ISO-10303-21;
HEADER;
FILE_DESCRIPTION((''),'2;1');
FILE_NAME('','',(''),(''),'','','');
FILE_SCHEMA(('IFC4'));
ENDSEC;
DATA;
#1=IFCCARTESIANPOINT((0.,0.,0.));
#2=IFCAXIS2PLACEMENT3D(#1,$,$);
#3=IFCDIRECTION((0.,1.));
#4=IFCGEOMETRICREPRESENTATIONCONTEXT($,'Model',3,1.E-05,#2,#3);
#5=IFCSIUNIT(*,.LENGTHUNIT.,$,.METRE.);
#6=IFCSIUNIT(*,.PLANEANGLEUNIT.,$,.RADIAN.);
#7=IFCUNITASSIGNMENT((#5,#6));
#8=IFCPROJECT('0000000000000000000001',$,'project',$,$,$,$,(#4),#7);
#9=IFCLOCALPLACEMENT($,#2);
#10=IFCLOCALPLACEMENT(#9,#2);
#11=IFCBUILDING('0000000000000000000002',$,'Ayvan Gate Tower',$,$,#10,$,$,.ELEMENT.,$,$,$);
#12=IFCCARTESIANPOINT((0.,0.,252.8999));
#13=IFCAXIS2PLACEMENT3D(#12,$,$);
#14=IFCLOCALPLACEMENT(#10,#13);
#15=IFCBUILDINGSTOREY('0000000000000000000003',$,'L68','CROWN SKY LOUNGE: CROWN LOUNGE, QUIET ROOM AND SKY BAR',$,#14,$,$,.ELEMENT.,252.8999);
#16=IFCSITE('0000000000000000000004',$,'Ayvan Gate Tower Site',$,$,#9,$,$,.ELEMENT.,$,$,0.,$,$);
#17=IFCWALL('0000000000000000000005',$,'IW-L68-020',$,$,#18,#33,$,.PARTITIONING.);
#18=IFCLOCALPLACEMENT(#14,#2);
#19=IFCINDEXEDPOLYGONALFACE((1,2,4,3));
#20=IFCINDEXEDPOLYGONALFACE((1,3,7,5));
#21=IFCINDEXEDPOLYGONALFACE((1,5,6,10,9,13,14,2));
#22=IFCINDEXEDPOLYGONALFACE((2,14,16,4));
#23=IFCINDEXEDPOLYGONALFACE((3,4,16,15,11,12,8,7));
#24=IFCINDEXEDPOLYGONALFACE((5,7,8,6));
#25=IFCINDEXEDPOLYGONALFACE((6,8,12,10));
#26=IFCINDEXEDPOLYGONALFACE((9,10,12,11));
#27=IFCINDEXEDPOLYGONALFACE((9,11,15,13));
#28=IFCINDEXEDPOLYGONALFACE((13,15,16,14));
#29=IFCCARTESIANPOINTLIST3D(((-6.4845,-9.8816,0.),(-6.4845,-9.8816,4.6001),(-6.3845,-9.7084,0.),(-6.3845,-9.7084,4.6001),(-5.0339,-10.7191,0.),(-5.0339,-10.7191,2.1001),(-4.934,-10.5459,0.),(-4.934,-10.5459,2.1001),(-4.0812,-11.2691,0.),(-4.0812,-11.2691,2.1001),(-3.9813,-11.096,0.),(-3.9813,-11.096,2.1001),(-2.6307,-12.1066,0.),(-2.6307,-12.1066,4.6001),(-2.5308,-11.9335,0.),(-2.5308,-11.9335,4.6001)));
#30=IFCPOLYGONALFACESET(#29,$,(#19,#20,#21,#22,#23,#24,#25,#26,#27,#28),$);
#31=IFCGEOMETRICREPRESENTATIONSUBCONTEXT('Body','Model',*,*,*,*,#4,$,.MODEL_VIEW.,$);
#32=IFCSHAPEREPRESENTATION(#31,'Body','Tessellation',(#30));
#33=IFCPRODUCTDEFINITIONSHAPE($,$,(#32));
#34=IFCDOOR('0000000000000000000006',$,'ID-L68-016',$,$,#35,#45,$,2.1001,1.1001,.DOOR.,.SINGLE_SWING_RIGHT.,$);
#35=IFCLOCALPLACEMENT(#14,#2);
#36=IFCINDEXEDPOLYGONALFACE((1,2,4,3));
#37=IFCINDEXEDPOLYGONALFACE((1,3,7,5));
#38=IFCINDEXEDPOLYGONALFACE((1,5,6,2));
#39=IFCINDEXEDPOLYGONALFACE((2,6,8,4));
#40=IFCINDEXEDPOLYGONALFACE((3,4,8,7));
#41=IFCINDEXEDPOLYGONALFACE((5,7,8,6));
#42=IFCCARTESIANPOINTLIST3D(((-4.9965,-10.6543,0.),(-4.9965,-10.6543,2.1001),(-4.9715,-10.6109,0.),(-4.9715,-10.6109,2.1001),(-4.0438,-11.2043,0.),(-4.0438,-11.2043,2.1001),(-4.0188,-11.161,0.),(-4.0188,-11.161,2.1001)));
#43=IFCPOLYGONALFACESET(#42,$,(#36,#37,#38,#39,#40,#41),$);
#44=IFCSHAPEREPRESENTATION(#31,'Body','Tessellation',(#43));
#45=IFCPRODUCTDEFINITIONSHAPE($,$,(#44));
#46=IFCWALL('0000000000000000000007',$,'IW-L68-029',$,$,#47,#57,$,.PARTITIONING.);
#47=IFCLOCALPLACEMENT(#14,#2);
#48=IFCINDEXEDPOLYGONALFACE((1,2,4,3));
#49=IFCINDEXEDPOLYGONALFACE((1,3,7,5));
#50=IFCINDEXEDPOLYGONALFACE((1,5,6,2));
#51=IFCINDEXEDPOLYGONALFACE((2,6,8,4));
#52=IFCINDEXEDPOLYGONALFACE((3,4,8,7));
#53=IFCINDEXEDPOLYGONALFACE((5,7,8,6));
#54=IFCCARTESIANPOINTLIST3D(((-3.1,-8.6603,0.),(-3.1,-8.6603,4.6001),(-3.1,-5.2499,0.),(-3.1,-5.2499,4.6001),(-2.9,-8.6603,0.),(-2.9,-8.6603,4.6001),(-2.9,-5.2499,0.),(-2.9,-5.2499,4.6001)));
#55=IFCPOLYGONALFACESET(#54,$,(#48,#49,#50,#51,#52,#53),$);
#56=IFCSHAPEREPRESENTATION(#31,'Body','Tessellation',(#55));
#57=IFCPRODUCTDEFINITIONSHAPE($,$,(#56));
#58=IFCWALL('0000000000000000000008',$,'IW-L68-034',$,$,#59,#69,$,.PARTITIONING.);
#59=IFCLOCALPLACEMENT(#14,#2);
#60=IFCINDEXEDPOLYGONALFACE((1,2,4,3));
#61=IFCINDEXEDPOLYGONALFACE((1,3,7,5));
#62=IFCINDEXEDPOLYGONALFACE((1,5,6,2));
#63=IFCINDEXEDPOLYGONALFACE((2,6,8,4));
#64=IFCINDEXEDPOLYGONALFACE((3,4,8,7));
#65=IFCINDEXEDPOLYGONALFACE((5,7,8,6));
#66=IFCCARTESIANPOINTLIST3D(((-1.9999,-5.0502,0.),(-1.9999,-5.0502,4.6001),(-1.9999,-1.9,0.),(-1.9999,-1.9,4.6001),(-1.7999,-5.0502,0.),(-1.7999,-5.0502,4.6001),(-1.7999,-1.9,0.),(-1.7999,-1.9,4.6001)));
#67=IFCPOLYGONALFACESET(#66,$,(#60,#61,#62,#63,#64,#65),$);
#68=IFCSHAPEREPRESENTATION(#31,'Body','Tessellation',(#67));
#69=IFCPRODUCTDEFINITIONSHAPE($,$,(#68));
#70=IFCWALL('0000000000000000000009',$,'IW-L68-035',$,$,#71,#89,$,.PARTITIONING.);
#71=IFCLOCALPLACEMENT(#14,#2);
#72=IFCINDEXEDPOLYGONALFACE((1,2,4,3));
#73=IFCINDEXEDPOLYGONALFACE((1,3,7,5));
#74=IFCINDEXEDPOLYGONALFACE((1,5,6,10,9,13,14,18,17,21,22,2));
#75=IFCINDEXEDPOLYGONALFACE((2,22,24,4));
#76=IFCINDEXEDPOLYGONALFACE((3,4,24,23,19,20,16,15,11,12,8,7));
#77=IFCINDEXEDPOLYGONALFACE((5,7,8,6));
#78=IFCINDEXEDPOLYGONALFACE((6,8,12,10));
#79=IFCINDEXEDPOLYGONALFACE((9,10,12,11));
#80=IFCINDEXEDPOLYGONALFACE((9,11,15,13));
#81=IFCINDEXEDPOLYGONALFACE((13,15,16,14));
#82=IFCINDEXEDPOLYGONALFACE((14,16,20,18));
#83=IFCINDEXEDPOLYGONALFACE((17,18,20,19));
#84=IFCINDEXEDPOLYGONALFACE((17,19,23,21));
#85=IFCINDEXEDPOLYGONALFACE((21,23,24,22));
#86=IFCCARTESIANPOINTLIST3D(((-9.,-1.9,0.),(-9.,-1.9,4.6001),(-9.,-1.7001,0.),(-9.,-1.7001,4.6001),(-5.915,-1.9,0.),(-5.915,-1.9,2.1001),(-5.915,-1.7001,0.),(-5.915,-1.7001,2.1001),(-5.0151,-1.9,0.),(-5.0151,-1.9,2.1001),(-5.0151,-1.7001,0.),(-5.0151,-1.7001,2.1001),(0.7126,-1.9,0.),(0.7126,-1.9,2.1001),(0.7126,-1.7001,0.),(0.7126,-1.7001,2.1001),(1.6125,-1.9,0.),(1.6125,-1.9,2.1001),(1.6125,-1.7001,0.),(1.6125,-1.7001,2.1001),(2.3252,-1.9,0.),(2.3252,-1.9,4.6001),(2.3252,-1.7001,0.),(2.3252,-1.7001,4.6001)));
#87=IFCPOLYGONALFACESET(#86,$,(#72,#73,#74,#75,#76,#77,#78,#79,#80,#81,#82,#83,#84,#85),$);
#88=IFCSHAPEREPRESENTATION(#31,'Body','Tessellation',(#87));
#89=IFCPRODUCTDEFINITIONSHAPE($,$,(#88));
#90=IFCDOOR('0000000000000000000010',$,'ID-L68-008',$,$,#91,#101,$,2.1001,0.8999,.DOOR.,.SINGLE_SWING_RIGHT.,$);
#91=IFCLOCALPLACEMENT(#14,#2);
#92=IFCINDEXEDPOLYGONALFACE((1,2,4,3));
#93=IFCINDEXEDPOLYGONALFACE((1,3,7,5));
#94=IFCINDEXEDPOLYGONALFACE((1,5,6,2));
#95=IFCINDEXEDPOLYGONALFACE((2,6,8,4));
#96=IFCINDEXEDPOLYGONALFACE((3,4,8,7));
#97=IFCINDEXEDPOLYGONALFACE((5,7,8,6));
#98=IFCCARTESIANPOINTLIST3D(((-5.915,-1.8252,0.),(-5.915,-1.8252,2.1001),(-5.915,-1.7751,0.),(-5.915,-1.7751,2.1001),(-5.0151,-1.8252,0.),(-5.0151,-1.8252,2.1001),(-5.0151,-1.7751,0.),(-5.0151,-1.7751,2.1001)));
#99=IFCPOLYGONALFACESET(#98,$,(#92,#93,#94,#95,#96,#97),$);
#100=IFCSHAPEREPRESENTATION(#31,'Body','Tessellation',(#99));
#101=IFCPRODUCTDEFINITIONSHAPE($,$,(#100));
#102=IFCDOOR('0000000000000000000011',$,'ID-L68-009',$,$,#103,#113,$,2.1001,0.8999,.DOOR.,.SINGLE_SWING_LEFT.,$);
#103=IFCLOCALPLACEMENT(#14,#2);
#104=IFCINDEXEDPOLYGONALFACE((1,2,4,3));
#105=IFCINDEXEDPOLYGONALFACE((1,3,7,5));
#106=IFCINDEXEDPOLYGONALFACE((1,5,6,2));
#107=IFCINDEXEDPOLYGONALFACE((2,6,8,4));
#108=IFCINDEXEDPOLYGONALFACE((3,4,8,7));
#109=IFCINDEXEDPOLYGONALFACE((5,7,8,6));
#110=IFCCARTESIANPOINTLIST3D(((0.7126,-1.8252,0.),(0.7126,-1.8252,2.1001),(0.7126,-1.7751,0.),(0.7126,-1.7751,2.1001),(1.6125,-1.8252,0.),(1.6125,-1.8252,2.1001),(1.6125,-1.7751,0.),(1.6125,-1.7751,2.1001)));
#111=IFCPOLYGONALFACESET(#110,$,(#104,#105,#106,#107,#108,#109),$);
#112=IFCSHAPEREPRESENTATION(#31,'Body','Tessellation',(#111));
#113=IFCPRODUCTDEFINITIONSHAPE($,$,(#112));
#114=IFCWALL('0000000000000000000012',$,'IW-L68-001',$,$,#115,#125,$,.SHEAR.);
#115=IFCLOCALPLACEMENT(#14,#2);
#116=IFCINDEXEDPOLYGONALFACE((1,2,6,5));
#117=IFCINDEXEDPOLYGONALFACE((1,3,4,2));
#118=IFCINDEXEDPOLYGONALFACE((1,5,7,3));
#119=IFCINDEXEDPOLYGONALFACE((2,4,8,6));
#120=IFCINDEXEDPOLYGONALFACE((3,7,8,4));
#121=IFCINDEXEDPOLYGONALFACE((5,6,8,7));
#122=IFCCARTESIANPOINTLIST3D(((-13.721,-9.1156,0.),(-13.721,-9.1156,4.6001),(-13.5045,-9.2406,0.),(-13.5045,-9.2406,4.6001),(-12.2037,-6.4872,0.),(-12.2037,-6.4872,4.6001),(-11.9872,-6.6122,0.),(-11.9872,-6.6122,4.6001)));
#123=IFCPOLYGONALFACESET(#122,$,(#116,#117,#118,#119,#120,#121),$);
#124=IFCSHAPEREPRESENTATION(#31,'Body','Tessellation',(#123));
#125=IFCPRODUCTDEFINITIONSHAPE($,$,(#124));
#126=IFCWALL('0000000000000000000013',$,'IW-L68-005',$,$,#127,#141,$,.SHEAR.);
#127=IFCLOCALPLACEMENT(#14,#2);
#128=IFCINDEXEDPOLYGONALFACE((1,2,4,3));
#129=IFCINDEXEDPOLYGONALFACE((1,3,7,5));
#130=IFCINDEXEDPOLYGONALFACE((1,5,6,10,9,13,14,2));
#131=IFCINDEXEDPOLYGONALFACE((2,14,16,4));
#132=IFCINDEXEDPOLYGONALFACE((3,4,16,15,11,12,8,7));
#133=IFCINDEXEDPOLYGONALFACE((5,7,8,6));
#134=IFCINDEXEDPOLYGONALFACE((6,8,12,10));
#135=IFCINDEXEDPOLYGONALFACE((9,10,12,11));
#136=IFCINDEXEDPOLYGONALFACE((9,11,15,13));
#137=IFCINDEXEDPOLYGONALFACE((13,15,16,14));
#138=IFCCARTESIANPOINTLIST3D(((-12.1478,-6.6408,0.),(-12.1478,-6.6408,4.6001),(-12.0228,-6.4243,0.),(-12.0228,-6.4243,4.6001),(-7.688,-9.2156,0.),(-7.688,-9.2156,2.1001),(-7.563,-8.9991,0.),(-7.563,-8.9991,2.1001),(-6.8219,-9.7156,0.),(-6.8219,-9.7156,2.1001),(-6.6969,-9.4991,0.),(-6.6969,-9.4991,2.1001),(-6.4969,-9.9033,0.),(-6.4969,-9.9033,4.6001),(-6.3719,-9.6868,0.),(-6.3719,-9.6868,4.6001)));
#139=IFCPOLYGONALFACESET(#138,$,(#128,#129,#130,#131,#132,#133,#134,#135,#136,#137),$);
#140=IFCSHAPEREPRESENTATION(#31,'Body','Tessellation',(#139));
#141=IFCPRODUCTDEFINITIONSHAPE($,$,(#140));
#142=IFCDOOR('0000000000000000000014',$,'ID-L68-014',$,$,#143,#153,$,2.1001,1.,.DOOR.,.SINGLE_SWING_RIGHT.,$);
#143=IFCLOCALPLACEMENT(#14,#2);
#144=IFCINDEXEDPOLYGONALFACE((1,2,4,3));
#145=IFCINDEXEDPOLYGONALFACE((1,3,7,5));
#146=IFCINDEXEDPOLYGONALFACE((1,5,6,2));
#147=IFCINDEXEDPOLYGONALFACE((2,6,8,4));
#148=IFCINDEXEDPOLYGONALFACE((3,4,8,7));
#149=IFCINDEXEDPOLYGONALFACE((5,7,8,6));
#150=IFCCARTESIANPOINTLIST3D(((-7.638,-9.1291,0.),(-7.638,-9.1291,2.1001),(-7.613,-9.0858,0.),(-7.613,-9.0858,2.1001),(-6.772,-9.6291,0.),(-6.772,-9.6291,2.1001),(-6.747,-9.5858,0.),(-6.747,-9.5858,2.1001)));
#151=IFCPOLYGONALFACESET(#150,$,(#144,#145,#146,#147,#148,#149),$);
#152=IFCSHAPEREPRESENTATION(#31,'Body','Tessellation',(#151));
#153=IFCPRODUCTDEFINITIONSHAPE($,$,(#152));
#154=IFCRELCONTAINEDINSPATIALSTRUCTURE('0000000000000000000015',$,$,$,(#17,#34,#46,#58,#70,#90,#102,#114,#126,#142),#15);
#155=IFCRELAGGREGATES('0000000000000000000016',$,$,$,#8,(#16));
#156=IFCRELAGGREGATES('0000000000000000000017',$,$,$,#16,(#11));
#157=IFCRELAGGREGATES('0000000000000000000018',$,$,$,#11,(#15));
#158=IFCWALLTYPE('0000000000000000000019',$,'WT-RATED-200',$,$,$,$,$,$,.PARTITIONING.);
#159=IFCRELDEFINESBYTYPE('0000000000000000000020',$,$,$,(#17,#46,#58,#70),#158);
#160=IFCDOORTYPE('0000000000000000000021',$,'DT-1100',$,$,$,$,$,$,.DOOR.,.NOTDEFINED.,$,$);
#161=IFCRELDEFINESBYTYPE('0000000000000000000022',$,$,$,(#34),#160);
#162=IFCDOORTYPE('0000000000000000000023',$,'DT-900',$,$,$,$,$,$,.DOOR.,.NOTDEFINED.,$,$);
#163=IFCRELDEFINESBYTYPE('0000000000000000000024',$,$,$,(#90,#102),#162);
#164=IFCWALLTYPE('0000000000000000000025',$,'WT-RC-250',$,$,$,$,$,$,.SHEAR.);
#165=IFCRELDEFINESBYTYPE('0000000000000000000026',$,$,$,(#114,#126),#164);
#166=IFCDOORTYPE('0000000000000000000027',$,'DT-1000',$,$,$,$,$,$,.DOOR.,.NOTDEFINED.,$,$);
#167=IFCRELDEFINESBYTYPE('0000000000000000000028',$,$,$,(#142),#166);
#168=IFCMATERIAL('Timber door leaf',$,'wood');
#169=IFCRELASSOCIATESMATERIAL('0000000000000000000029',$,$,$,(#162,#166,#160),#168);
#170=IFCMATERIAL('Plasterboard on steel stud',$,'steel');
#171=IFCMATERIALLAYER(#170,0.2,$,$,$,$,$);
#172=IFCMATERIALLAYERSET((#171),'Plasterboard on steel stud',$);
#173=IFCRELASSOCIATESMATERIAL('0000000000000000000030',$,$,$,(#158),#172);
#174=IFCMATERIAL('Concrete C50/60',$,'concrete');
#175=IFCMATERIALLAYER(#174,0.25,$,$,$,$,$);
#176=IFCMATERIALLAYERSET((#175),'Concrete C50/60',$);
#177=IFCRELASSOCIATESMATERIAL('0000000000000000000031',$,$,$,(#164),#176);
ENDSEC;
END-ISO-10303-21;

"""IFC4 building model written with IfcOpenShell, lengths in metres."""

from ifc_helpers import new_model, si_unit, direction, frame, frame_2d, origin, place, context, subcontext, project, spatial, rectangle, extrude, material, layer, layer_set, type_object, element, fill, save


model = new_model("IFC4")

# Units and contexts
model_context = context("Model", 3, precision=1e-05, world=origin(), true_north=direction((0.0, 1.0)))
body_context = subcontext(model_context, "Body", "Model", "MODEL_VIEW")
ifc_project = project(units=[si_unit("LENGTHUNIT", "METRE"), si_unit("PLANEANGLEUNIT", "RADIAN")], contexts=[model_context])

# Site, building, storey
site_placement = place(None, origin())
site = spatial("IfcSite", under=ifc_project, at=site_placement, Name="Ayvan Gate Tower Site", CompositionType="ELEMENT", RefElevation=0.0)
building_placement = place(site_placement, origin())
building = spatial("IfcBuilding", under=site, at=building_placement, Name="Ayvan Gate Tower", CompositionType="ELEMENT")
storey_placement = place(building_placement, frame((0.0, 0.0, 252.8999)))
storey = spatial("IfcBuildingStorey", under=building, at=storey_placement, Name="L68", Description="CROWN SKY LOUNGE: CROWN LOUNGE, QUIET ROOM AND SKY BAR", CompositionType="ELEMENT", Elevation=252.8999)

# Shared definitions
ifc_material_1 = material(Name="Concrete C50/60", Category="concrete")

# Shared definitions
ifc_material_2 = material(Name="Timber door leaf", Category="wood")
door_type_1 = type_object("IfcDoorType", Name="DT-900", OperationType="NOTDEFINED", PredefinedType="DOOR", material=ifc_material_2)
ifc_material_3 = material(Name="Plasterboard on steel stud", Category="steel")
door_type_2 = type_object("IfcDoorType", Name="DT-1000", OperationType="NOTDEFINED", PredefinedType="DOOR", material=ifc_material_2)

# Shared definitions
ifc_layer_1 = layer(ifc_material_3, 0.2)
ifc_layer_set_1 = layer_set([ifc_layer_1], Name="Plasterboard on steel stud")
wall_type_1 = type_object("IfcWallType", Name="WT-RATED-200", PredefinedType="PARTITIONING", material=ifc_layer_set_1)

# Wall, opening, door
wall_1_placement = place(storey_placement, frame((-6.4346, -9.7949, 0.0), z_axis=(0.0, 0.0, 1.0), x_axis=(0.866013, -0.500022, 0.0)))
wall_1 = element("IfcWall", 1, at=wall_1_placement, inside=storey, type_object=wall_type_1, Name="IW-L68-020", PredefinedType="PARTITIONING", context=body_context, shape_type="SweptSolid", body=[
    extrude(rectangle(XDim=4.45, YDim=0.2, at=frame_2d((2.2251, 0.0))), origin(), (0.0, 0.0, 1.0), 4.6001),
])
opening_1_placement = place(wall_1_placement, frame((1.675, 0.0, 0.0)))
opening_1 = element("IfcOpeningElement", 2, at=opening_1_placement, cuts=wall_1, PredefinedType="OPENING", context=body_context, shape_type="SweptSolid", body=[
    extrude(rectangle(XDim=1.1001, YDim=2.1001, at=frame_2d((0.55, 1.05))), frame((0.0, 0.1099, 0.0), z_axis=(0.0, -1.0, 0.0), x_axis=(1.0, 0.0, 0.0)), (0.0, 0.0, 1.0), 0.22),
])
door_type_3 = type_object("IfcDoorType", Name="DT-1100", OperationType="NOTDEFINED", PredefinedType="DOOR", material=ifc_material_2)
door_1_placement = place(opening_1_placement, origin())
door_1 = element("IfcDoor", 3, at=door_1_placement, inside=storey, type_object=door_type_3, Name="ID-L68-016", OperationType="SINGLE_SWING_RIGHT", OverallHeight=2.1001, OverallWidth=1.1001, PredefinedType="DOOR", context=body_context, shape_type="SweptSolid", body=[
    extrude(rectangle(XDim=1.1001, YDim=2.1001, at=frame_2d((0.55, 1.05))), frame((0.0, 0.0249, 0.0), z_axis=(0.0, -1.0, 0.0), x_axis=(1.0, 0.0, 0.0)), (0.0, 0.0, 1.0), 0.05),
])
fill(opening_1, door_1)

# Walls
wall_2_placement = place(storey_placement, frame((-3.0, -5.25, 0.0), z_axis=(0.0, 0.0, 1.0), x_axis=(0.0, -1.0, 0.0)))
element("IfcWall", 4, at=wall_2_placement, inside=storey, type_object=wall_type_1, Name="IW-L68-029", PredefinedType="PARTITIONING", context=body_context, shape_type="SweptSolid", body=[
    extrude(rectangle(XDim=3.4104, YDim=0.2, at=frame_2d((1.7051, 0.0))), origin(), (0.0, 0.0, 1.0), 4.6001),
])
wall_3_placement = place(storey_placement, frame((-1.8999, -1.8999, 0.0), z_axis=(0.0, 0.0, 1.0), x_axis=(0.0, -1.0, 0.0)))
element("IfcWall", 5, at=wall_3_placement, inside=storey, type_object=wall_type_1, Name="IW-L68-034", PredefinedType="PARTITIONING", context=body_context, shape_type="SweptSolid", body=[
    extrude(rectangle(XDim=3.1501, YDim=0.2, at=frame_2d((1.5752, 0.0))), origin(), (0.0, 0.0, 1.0), 4.6001),
])

# Wall, openings, doors
wall_4_placement = place(storey_placement, frame((-9.0, -1.8, 0.0), z_axis=(0.0, 0.0, 1.0), x_axis=(1.0, 0.0, 0.0)))
wall_4 = element("IfcWall", 6, at=wall_4_placement, inside=storey, type_object=wall_type_1, Name="IW-L68-035", PredefinedType="PARTITIONING", context=body_context, shape_type="SweptSolid", body=[
    extrude(rectangle(XDim=11.3252, YDim=0.2, at=frame_2d((5.6626, 0.0))), origin(), (0.0, 0.0, 1.0), 4.6001),
])
opening_2_placement = place(wall_4_placement, frame((3.085, 0.0, 0.0)))
opening_2 = element("IfcOpeningElement", 7, at=opening_2_placement, cuts=wall_4, PredefinedType="OPENING", context=body_context, shape_type="SweptSolid", body=[
    extrude(rectangle(XDim=0.8999, YDim=2.1001, at=frame_2d((0.45, 1.05))), frame((0.0, 0.1099, 0.0), z_axis=(0.0, -1.0, 0.0), x_axis=(1.0, 0.0, 0.0)), (0.0, 0.0, 1.0), 0.22),
])
opening_3_placement = place(wall_4_placement, frame((9.7126, 0.0, 0.0)))
opening_3 = element("IfcOpeningElement", 8, at=opening_3_placement, cuts=wall_4, PredefinedType="OPENING", context=body_context, shape_type="SweptSolid", body=[
    extrude(rectangle(XDim=0.8999, YDim=2.1001, at=frame_2d((0.45, 1.05))), frame((0.0, 0.1099, 0.0), z_axis=(0.0, -1.0, 0.0), x_axis=(1.0, 0.0, 0.0)), (0.0, 0.0, 1.0), 0.22),
])
door_2_placement = place(opening_2_placement, origin())
door_2 = element("IfcDoor", 9, at=door_2_placement, inside=storey, type_object=door_type_1, Name="ID-L68-008", OperationType="SINGLE_SWING_RIGHT", OverallHeight=2.1001, OverallWidth=0.8999, PredefinedType="DOOR", context=body_context, shape_type="SweptSolid", body=[
    extrude(rectangle(XDim=0.8999, YDim=2.1001, at=frame_2d((0.45, 1.05))), frame((0.0, 0.0249, 0.0), z_axis=(0.0, -1.0, 0.0), x_axis=(1.0, 0.0, 0.0)), (0.0, 0.0, 1.0), 0.05),
])
fill(opening_2, door_2)
door_3_placement = place(opening_3_placement, origin())
door_3 = element("IfcDoor", 10, at=door_3_placement, inside=storey, type_object=door_type_1, Name="ID-L68-009", OperationType="SINGLE_SWING_LEFT", OverallHeight=2.1001, OverallWidth=0.8999, PredefinedType="DOOR", context=body_context, shape_type="SweptSolid", body=[
    extrude(rectangle(XDim=0.8999, YDim=2.1001, at=frame_2d((0.45, 1.05))), frame((0.0, 0.0249, 0.0), z_axis=(0.0, -1.0, 0.0), x_axis=(1.0, 0.0, 0.0)), (0.0, 0.0, 1.0), 0.05),
])
fill(opening_3, door_3)

# Wall
ifc_layer_2 = layer(ifc_material_1, 0.25)
ifc_layer_set_2 = layer_set([ifc_layer_2], Name="Concrete C50/60")
wall_type_2 = type_object("IfcWallType", Name="WT-RC-250", PredefinedType="SHEAR", material=ifc_layer_set_2)
wall_5_placement = place(storey_placement, frame((-13.6128, -9.1782, 0.0), z_axis=(0.0, 0.0, 1.0), x_axis=(0.499955, 0.866052, 0.0)))
element("IfcWall", 11, at=wall_5_placement, inside=storey, type_object=wall_type_2, Name="IW-L68-001", PredefinedType="SHEAR", context=body_context, shape_type="SweptSolid", body=[
    extrude(rectangle(XDim=3.0349, YDim=0.25, at=frame_2d((1.5176, 0.0))), origin(), (0.0, 0.0, 1.0), 4.6001),
])

# Wall, opening, door
wall_6_placement = place(storey_placement, frame((-12.0854, -6.5325, 0.0), z_axis=(0.0, 0.0, 1.0), x_axis=(0.866031, -0.49999, 0.0)))
wall_6 = element("IfcWall", 12, at=wall_6_placement, inside=storey, type_object=wall_type_2, Name="IW-L68-005", PredefinedType="SHEAR", context=body_context, shape_type="SweptSolid", body=[
    extrude(rectangle(XDim=6.5251, YDim=0.25, at=frame_2d((3.2627, 0.0))), origin(), (0.0, 0.0, 1.0), 4.6001),
])
opening_4_placement = place(wall_6_placement, frame((5.1499, 0.0, 0.0)))
opening_4 = element("IfcOpeningElement", 13, at=opening_4_placement, cuts=wall_6, PredefinedType="OPENING", context=body_context, shape_type="SweptSolid", body=[
    extrude(rectangle(XDim=1.0, YDim=2.1001, at=frame_2d((0.5, 1.05))), frame((0.0, 0.135, 0.0), z_axis=(0.0, -1.0, 0.0), x_axis=(1.0, 0.0, 0.0)), (0.0, 0.0, 1.0), 0.27),
])
door_4_placement = place(opening_4_placement, origin())
door_4 = element("IfcDoor", 14, at=door_4_placement, inside=storey, type_object=door_type_2, Name="ID-L68-014", OperationType="SINGLE_SWING_RIGHT", OverallHeight=2.1001, OverallWidth=1.0, PredefinedType="DOOR", context=body_context, shape_type="SweptSolid", body=[
    extrude(rectangle(XDim=1.0, YDim=2.1001, at=frame_2d((0.5, 1.05))), frame((0.0, 0.0249, 0.0), z_axis=(0.0, -1.0, 0.0), x_axis=(1.0, 0.0, 0.0)), (0.0, 0.0, 1.0), 0.05),
])
fill(opening_4, door_4)

save(model, "model.ifc")
